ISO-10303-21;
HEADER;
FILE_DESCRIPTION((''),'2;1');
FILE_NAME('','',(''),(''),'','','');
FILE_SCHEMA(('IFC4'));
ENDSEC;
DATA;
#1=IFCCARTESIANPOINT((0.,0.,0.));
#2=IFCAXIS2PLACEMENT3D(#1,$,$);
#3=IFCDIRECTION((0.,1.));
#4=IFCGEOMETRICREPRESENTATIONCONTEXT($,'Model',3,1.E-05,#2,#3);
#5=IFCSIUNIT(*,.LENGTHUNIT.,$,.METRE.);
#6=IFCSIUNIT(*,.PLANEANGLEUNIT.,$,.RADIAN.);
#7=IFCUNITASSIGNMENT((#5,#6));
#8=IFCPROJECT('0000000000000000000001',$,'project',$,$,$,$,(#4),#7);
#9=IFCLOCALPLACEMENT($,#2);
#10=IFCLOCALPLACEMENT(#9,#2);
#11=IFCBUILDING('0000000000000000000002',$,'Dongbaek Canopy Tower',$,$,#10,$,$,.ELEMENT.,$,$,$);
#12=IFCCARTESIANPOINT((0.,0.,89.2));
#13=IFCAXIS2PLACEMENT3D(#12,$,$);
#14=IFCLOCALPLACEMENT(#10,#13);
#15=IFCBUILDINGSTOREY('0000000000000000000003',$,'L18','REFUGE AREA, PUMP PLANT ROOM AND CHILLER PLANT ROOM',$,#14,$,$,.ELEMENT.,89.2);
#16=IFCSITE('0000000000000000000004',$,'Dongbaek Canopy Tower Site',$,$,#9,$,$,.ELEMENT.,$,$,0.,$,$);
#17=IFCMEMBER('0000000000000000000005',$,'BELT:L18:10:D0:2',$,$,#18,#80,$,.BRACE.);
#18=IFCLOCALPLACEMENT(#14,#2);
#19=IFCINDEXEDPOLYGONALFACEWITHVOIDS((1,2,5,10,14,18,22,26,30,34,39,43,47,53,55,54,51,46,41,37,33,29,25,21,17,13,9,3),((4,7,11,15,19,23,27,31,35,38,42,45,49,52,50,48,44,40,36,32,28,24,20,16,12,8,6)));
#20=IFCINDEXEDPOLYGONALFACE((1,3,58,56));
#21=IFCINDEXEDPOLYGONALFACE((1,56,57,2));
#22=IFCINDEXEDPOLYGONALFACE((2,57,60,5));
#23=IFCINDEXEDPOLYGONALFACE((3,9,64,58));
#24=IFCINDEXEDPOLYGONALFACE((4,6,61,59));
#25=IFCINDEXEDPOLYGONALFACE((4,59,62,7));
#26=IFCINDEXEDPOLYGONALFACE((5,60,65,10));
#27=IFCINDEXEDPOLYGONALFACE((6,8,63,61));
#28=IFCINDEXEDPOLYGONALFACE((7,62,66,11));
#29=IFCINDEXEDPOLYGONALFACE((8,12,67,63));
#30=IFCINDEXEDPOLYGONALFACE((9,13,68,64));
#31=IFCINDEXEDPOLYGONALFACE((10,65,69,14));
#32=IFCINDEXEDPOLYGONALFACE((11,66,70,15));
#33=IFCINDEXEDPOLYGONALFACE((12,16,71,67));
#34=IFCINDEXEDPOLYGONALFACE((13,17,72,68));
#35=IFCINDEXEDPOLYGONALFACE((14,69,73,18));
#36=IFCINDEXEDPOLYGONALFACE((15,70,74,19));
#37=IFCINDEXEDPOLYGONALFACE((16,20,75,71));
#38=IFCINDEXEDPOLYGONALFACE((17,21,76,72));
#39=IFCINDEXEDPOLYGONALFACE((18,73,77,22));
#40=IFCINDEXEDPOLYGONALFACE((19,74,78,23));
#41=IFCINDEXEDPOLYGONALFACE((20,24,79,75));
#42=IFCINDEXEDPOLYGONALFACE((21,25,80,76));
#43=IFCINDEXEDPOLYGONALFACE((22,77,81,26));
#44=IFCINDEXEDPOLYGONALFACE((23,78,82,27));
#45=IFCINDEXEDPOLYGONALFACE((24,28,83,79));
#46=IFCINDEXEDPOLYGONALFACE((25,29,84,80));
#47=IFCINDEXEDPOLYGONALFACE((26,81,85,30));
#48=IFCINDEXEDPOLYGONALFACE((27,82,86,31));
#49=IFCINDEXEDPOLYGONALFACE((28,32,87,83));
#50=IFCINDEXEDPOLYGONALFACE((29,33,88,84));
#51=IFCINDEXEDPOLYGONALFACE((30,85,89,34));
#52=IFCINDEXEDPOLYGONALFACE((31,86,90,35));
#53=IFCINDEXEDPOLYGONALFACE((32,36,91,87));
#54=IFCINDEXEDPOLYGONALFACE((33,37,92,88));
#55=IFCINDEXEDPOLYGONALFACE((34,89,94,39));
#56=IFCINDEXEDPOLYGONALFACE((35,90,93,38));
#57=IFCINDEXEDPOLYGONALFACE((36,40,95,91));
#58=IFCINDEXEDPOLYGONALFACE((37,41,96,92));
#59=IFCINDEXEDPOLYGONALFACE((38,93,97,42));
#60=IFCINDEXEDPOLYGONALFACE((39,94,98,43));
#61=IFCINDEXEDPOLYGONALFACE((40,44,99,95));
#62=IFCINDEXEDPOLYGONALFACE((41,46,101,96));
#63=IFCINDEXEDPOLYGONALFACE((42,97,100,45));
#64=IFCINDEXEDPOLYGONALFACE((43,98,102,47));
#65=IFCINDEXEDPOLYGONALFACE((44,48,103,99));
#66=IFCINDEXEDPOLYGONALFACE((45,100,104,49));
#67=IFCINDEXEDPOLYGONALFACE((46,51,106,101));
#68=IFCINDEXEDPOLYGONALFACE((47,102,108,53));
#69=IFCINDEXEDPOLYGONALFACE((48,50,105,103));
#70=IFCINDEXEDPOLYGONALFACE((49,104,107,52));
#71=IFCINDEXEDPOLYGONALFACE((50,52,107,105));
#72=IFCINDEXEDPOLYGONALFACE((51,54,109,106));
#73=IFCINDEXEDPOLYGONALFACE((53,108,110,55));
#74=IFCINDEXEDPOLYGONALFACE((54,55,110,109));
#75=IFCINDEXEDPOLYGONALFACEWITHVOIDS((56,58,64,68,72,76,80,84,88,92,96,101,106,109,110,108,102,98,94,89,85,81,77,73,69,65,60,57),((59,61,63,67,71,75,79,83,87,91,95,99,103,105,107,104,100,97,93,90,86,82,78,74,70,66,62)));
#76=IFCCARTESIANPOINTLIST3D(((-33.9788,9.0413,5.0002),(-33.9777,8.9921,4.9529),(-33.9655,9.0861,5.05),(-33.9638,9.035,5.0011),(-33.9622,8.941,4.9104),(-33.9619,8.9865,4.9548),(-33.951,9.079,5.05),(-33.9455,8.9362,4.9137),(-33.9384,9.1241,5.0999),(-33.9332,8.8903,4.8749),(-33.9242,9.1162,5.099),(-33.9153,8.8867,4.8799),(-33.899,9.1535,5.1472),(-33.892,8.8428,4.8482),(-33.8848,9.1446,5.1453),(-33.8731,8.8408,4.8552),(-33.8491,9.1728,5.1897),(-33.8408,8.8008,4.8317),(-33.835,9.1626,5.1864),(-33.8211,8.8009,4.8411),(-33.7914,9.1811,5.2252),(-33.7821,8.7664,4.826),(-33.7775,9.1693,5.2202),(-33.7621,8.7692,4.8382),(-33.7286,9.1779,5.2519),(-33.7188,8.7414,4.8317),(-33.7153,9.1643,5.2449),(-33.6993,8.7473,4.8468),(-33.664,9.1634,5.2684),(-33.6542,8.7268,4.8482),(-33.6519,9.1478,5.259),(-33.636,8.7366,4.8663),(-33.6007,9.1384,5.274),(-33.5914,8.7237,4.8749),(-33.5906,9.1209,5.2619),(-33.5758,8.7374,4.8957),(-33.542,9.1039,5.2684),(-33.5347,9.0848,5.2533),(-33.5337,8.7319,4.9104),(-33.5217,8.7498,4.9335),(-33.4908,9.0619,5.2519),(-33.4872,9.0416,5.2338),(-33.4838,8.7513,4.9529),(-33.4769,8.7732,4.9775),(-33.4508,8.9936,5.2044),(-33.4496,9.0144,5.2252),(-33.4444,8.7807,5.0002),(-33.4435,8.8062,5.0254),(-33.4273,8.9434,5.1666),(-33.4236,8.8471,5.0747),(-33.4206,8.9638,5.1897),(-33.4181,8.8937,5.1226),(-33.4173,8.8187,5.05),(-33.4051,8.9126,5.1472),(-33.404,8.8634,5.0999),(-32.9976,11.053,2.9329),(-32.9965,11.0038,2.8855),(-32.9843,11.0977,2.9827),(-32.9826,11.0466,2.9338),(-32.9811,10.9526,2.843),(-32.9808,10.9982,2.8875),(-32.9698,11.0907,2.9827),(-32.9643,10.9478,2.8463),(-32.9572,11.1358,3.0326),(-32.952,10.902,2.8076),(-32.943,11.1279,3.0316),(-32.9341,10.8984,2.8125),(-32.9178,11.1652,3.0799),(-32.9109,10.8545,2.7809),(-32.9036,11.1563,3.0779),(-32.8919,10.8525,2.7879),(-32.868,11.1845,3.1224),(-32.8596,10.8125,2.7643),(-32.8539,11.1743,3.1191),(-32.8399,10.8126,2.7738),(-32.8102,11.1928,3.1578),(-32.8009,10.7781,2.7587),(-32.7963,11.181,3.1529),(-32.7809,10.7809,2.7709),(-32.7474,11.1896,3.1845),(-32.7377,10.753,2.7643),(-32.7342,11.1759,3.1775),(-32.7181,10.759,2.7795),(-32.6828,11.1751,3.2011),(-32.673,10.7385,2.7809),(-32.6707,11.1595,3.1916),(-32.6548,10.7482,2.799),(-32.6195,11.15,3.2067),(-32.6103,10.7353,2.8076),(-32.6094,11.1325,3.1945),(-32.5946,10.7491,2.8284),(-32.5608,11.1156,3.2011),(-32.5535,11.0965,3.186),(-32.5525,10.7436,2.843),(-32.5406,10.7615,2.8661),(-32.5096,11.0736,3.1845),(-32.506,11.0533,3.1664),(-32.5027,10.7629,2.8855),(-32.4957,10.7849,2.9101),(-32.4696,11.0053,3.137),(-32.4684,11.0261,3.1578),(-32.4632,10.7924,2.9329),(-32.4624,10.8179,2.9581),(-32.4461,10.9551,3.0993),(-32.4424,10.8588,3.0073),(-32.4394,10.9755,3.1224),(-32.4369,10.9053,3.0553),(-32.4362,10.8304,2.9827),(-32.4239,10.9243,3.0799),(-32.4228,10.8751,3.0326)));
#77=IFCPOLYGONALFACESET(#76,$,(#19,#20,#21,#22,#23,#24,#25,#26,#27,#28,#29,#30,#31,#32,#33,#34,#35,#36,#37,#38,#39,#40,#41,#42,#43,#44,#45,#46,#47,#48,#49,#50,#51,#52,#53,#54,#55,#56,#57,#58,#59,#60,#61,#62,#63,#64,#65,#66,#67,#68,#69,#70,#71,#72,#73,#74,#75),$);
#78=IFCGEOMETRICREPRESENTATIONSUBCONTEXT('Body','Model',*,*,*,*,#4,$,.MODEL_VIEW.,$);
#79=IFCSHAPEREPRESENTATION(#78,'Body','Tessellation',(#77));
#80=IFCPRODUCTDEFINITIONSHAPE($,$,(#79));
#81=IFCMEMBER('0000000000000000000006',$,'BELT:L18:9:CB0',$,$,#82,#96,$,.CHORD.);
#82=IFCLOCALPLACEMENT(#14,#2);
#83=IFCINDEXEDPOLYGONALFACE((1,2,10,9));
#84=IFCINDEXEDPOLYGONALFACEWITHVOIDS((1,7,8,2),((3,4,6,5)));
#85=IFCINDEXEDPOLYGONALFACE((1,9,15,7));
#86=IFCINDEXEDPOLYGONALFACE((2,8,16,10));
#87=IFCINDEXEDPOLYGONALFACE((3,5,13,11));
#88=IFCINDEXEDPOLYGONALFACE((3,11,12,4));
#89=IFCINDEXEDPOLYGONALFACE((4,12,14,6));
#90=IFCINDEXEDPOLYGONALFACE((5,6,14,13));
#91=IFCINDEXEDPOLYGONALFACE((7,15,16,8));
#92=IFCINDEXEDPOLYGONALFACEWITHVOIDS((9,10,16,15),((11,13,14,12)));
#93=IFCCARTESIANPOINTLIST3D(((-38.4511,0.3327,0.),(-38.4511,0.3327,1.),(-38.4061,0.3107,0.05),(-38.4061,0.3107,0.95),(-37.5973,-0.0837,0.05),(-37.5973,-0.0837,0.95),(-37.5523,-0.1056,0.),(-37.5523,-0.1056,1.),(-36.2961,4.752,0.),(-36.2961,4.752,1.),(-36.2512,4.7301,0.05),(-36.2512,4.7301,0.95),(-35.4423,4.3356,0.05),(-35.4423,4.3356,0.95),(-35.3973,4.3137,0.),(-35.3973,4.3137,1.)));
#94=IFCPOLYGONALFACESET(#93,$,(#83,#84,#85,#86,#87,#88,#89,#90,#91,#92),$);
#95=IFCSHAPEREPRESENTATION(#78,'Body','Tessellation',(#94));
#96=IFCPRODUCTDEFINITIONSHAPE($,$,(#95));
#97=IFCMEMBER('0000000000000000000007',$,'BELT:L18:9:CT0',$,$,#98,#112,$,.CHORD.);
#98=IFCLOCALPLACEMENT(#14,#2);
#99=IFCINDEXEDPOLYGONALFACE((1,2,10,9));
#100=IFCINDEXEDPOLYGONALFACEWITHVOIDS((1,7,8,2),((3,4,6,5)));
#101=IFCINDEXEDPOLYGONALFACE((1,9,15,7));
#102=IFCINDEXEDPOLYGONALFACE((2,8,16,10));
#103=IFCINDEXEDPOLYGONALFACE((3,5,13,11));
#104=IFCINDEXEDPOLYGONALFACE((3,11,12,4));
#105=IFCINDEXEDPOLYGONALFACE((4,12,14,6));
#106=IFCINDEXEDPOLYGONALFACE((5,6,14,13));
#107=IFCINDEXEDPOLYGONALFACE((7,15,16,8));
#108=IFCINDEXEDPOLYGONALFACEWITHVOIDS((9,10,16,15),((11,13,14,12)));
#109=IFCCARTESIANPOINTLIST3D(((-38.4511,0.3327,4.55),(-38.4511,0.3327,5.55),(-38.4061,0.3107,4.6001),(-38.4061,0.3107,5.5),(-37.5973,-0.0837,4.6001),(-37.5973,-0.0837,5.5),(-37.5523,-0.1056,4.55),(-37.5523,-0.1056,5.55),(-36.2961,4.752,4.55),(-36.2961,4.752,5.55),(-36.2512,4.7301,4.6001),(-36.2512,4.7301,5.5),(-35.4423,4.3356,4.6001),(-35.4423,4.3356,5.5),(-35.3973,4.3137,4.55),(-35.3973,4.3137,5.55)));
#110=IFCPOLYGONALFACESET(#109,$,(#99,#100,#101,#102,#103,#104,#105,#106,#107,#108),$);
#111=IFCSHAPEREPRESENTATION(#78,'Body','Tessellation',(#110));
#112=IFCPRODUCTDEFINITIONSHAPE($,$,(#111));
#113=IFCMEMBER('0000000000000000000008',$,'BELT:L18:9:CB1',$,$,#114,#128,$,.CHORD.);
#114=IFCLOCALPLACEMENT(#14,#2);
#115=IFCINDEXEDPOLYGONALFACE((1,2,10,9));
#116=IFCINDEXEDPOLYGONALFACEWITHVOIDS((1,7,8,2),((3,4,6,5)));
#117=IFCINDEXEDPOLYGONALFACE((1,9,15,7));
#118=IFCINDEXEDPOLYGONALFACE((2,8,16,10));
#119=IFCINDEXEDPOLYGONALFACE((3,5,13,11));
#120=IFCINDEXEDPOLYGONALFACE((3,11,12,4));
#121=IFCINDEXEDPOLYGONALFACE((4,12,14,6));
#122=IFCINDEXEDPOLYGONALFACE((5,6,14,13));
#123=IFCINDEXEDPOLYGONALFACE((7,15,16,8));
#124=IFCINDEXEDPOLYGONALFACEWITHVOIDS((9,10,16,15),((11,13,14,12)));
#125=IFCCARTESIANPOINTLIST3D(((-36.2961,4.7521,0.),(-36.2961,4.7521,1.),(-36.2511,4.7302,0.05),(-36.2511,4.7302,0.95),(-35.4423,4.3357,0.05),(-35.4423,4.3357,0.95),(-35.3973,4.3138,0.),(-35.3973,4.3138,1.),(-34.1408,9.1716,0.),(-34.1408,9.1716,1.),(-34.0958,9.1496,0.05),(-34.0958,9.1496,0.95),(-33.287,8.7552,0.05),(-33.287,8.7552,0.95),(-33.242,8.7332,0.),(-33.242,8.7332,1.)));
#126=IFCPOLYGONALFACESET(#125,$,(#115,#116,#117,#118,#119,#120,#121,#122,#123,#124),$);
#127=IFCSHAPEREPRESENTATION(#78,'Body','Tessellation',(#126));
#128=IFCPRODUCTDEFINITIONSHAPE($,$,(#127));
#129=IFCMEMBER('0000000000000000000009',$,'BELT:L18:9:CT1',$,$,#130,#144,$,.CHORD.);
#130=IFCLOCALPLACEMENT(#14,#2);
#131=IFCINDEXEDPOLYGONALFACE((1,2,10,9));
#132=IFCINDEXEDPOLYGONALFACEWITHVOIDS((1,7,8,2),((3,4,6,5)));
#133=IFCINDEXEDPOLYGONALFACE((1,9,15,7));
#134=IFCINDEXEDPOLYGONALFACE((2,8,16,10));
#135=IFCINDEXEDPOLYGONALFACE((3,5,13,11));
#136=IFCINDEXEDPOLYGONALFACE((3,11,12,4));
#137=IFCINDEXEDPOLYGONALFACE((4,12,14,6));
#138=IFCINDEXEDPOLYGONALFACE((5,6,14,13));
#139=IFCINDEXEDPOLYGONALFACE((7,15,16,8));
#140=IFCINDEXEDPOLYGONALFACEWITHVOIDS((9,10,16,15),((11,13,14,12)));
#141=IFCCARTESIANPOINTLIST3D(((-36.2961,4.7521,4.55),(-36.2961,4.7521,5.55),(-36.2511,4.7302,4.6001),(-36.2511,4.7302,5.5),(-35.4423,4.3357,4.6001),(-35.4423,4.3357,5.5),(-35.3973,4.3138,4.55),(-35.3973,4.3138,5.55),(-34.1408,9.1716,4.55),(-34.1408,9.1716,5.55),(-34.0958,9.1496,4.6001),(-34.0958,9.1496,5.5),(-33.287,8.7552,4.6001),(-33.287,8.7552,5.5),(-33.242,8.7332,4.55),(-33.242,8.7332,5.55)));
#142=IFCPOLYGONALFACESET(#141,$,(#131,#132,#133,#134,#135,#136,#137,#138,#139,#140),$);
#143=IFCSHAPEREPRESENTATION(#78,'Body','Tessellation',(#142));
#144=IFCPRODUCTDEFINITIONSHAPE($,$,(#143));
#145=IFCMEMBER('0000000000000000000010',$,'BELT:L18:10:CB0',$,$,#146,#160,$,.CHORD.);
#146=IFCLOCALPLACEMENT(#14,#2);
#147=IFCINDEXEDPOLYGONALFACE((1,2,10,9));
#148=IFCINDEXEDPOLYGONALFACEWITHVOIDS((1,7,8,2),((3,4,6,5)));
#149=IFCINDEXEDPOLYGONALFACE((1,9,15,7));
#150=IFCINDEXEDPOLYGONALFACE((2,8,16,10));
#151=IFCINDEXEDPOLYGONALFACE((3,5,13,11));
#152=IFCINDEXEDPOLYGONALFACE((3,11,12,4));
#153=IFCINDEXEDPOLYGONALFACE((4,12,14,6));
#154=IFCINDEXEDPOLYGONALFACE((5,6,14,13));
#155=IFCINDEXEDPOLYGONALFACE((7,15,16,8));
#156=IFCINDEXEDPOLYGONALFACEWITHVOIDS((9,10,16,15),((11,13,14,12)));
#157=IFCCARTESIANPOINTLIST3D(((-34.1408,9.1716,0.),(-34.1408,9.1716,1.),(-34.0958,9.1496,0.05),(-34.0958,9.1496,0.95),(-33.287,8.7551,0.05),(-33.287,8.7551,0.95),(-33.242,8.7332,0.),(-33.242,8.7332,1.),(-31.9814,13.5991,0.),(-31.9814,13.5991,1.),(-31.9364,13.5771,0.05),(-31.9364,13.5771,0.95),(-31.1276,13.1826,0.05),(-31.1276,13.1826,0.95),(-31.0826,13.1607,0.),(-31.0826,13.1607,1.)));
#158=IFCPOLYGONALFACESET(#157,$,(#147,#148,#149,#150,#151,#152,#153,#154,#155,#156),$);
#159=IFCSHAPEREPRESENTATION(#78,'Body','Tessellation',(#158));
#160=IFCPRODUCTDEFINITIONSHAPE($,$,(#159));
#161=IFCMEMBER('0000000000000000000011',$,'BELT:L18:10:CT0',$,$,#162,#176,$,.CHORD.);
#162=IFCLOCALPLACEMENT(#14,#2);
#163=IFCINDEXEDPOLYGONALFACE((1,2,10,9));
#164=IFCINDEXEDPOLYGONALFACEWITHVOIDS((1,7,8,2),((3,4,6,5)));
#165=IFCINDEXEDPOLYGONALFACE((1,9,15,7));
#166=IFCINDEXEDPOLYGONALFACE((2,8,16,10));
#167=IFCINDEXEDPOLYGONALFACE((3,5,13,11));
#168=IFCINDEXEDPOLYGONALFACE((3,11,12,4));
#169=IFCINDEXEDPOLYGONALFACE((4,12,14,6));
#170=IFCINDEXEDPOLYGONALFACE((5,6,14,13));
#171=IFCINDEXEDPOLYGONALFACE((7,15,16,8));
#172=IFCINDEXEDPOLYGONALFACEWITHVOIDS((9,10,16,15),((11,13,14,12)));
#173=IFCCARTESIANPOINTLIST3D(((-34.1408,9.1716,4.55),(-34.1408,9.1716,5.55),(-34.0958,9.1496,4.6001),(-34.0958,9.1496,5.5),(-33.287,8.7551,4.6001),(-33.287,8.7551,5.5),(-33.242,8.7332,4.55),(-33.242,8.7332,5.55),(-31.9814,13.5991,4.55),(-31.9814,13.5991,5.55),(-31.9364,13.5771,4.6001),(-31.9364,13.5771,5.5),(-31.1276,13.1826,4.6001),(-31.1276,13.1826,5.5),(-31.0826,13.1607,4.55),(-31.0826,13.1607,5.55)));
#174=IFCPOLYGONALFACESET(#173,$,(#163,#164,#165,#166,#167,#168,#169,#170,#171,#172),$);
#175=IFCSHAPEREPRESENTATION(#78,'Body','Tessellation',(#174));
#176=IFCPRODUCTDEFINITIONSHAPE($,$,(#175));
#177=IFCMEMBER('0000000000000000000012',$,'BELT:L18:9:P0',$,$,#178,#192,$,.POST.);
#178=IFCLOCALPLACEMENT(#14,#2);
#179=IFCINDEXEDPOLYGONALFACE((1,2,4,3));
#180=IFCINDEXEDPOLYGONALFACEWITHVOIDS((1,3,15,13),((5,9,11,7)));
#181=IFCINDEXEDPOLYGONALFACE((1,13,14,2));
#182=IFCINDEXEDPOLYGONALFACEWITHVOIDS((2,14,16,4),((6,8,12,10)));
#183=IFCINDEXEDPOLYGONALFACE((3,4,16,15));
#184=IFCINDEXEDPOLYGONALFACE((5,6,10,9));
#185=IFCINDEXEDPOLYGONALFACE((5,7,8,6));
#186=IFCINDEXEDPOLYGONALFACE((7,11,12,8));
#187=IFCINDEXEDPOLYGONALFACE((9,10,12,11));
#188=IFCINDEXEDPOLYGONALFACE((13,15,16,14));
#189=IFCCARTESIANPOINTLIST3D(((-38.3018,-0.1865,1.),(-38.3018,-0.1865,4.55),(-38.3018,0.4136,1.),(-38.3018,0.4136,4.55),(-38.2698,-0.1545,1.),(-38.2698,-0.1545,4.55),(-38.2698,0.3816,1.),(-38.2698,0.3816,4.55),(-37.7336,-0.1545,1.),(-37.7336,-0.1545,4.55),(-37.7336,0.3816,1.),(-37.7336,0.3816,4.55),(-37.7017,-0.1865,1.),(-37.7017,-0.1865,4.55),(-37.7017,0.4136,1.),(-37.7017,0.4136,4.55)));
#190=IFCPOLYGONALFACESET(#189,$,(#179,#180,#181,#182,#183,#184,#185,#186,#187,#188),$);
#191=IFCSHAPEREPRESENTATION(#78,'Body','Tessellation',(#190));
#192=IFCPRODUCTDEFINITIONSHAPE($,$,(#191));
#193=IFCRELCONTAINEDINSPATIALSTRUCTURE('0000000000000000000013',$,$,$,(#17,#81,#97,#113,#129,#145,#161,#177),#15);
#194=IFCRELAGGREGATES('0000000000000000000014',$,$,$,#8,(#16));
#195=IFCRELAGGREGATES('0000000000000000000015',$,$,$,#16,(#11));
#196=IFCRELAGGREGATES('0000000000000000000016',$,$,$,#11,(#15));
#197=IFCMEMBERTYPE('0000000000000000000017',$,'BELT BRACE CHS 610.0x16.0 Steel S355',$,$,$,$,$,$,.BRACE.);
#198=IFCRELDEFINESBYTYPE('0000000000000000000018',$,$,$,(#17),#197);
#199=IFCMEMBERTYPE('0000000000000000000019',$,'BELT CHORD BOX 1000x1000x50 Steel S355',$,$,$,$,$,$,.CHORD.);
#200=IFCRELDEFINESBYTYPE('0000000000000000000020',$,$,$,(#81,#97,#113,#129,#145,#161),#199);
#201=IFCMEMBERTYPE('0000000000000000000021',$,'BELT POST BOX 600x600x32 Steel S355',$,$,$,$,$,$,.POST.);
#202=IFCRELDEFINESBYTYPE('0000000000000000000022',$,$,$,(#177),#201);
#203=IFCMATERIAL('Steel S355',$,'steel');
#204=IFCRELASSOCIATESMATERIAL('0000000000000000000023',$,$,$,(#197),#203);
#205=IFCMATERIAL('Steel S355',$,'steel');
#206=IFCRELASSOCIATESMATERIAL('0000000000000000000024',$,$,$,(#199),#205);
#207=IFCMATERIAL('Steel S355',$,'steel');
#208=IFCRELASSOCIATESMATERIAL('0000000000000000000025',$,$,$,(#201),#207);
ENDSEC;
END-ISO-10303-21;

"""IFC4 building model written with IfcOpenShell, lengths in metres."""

from ifc_helpers import new_model, si_unit, direction, frame, origin, origin_2d, place, context, subcontext, project, spatial, hollow_rectangle, hollow_circle, extrude, material, material_profile, profile_set, type_object, element, save


model = new_model("IFC4")

# Units and contexts
model_context = context("Model", 3, precision=1e-05, world=origin(), true_north=direction((0.0, 1.0)))
body_context = subcontext(model_context, "Body", "Model", "MODEL_VIEW")
ifc_project = project(units=[si_unit("LENGTHUNIT", "METRE"), si_unit("PLANEANGLEUNIT", "RADIAN")], contexts=[model_context])

# Site, building, storey
site_placement = place(None, origin())
site = spatial("IfcSite", under=ifc_project, at=site_placement, Name="Dongbaek Canopy Tower Site", CompositionType="ELEMENT", RefElevation=0.0)
building_placement = place(site_placement, origin())
building = spatial("IfcBuilding", under=site, at=building_placement, Name="Dongbaek Canopy Tower", CompositionType="ELEMENT")
storey_placement = place(building_placement, frame((0.0, 0.0, 89.2)))
storey = spatial("IfcBuildingStorey", under=building, at=storey_placement, Name="L18", Description="REFUGE AREA, PUMP PLANT ROOM AND CHILLER PLANT ROOM", CompositionType="ELEMENT", Elevation=89.2)

# Members
ifc_material_1 = material(Name="Steel S355", Category="steel")
ifc_material_profile_1 = material_profile(ifc_material_1, hollow_circle(Radius=0.3049, WallThickness=0.0161, at=origin_2d()), Name="BELT BRACE CHS 610.0x16.0 Steel S355")
ifc_profile_set_1 = profile_set([ifc_material_profile_1], Name="Steel S355")
member_type_1 = type_object("IfcMemberType", Name="BELT BRACE CHS 610.0x16.0 Steel S355", PredefinedType="BRACE", material=ifc_profile_set_1)
member_1_placement = place(storey_placement, frame((-33.6914, 8.9524, 5.05), z_axis=(0.322028, 0.660242, -0.678511), x_axis=(-0.89879, 0.438379, 0.0)))
element("IfcMember", 1, at=member_1_placement, inside=storey, type_object=member_type_1, Name="BELT:L18:10:D0:2", PredefinedType="BRACE", context=body_context, shape_type="SweptSolid", body=[
    extrude(hollow_circle(Radius=0.3049, WallThickness=0.0161, at=origin_2d()), origin(), (0.0, 0.0, 1.0), 3.0469),
])
ifc_material_2 = material(Name="Steel S355", Category="steel")
ifc_material_profile_2 = material_profile(ifc_material_2, hollow_rectangle(XDim=1.0, YDim=1.0, WallThickness=0.05, at=origin_2d()), Name="BELT CHORD BOX 1000x1000x50 Steel S355")
ifc_profile_set_2 = profile_set([ifc_material_profile_2], Name="Steel S355")
member_type_2 = type_object("IfcMemberType", Name="BELT CHORD BOX 1000x1000x50 Steel S355", PredefinedType="CHORD", material=ifc_profile_set_2)
for number, where, z_axis, x_axis, name in (
    (2, (-38.0017, 0.1135, 0.5), (0.438294, 0.898832, 0.0), (-0.898832, 0.438294, 0.0), "BELT:L18:9:CB0"),
    (3, (-38.0017, 0.1135, 5.05), (0.438294, 0.898832, 0.0), (-0.898832, 0.438294, 0.0), "BELT:L18:9:CT0"),
):
    element("IfcMember", number, at=place(storey_placement, frame(where, z_axis=z_axis, x_axis=x_axis)), inside=storey, type_object=member_type_2, Name=name, PredefinedType="CHORD", context=body_context, shape_type="SweptSolid", body=[
        extrude(hollow_rectangle(XDim=1.0, YDim=1.0, WallThickness=0.05, at=origin_2d()), origin(), (0.0, 0.0, 1.0), 4.9167),
    ])
for number, where, z_axis, x_axis, name in (
    (4, (-35.8467, 4.533, 0.5), (0.438334, 0.898812, 0.0), (-0.898812, 0.438334, 0.0), "BELT:L18:9:CB1"),
    (5, (-35.8467, 4.533, 5.05), (0.438334, 0.898812, 0.0), (-0.898812, 0.438334, 0.0), "BELT:L18:9:CT1"),
):
    element("IfcMember", number, at=place(storey_placement, frame(where, z_axis=z_axis, x_axis=x_axis)), inside=storey, type_object=member_type_2, Name=name, PredefinedType="CHORD", context=body_context, shape_type="SweptSolid", body=[
        extrude(hollow_rectangle(XDim=1.0, YDim=1.0, WallThickness=0.05, at=origin_2d()), origin(), (0.0, 0.0, 1.0), 4.917),
    ])
for number, where, z_axis, x_axis, name in (
    (6, (-33.6914, 8.9524, 0.5), (0.43837, 0.898795, 0.0), (-0.898795, 0.43837, 0.0), "BELT:L18:10:CB0"),
    (7, (-33.6914, 8.9524, 5.05), (0.43837, 0.898795, 0.0), (-0.898795, 0.43837, 0.0), "BELT:L18:10:CT0"),
):
    element("IfcMember", number, at=place(storey_placement, frame(where, z_axis=z_axis, x_axis=x_axis)), inside=storey, type_object=member_type_2, Name=name, PredefinedType="CHORD", context=body_context, shape_type="SweptSolid", body=[
        extrude(hollow_rectangle(XDim=1.0, YDim=1.0, WallThickness=0.05, at=origin_2d()), origin(), (0.0, 0.0, 1.0), 4.926),
    ])
ifc_material_3 = material(Name="Steel S355", Category="steel")
ifc_material_profile_3 = material_profile(ifc_material_3, hollow_rectangle(XDim=0.6001, YDim=0.6001, WallThickness=0.032, at=origin_2d()), Name="BELT POST BOX 600x600x32 Steel S355")
ifc_profile_set_3 = profile_set([ifc_material_profile_3], Name="Steel S355")
member_type_3 = type_object("IfcMemberType", Name="BELT POST BOX 600x600x32 Steel S355", PredefinedType="POST", material=ifc_profile_set_3)
for number, where, z_axis, x_axis, name in (
    (8, (-38.0017, 0.1135, 1.0), (0.0, 0.0, 1.0), (1.0, 0.0, 0.0), "BELT:L18:9:P0"),
):
    element("IfcMember", number, at=place(storey_placement, frame(where, z_axis=z_axis, x_axis=x_axis)), inside=storey, type_object=member_type_3, Name=name, PredefinedType="POST", context=body_context, shape_type="SweptSolid", body=[
        extrude(hollow_rectangle(XDim=0.6001, YDim=0.6001, WallThickness=0.032, at=origin_2d()), origin(), (0.0, 0.0, 1.0), 3.55),
    ])

save(model, "model.ifc")
